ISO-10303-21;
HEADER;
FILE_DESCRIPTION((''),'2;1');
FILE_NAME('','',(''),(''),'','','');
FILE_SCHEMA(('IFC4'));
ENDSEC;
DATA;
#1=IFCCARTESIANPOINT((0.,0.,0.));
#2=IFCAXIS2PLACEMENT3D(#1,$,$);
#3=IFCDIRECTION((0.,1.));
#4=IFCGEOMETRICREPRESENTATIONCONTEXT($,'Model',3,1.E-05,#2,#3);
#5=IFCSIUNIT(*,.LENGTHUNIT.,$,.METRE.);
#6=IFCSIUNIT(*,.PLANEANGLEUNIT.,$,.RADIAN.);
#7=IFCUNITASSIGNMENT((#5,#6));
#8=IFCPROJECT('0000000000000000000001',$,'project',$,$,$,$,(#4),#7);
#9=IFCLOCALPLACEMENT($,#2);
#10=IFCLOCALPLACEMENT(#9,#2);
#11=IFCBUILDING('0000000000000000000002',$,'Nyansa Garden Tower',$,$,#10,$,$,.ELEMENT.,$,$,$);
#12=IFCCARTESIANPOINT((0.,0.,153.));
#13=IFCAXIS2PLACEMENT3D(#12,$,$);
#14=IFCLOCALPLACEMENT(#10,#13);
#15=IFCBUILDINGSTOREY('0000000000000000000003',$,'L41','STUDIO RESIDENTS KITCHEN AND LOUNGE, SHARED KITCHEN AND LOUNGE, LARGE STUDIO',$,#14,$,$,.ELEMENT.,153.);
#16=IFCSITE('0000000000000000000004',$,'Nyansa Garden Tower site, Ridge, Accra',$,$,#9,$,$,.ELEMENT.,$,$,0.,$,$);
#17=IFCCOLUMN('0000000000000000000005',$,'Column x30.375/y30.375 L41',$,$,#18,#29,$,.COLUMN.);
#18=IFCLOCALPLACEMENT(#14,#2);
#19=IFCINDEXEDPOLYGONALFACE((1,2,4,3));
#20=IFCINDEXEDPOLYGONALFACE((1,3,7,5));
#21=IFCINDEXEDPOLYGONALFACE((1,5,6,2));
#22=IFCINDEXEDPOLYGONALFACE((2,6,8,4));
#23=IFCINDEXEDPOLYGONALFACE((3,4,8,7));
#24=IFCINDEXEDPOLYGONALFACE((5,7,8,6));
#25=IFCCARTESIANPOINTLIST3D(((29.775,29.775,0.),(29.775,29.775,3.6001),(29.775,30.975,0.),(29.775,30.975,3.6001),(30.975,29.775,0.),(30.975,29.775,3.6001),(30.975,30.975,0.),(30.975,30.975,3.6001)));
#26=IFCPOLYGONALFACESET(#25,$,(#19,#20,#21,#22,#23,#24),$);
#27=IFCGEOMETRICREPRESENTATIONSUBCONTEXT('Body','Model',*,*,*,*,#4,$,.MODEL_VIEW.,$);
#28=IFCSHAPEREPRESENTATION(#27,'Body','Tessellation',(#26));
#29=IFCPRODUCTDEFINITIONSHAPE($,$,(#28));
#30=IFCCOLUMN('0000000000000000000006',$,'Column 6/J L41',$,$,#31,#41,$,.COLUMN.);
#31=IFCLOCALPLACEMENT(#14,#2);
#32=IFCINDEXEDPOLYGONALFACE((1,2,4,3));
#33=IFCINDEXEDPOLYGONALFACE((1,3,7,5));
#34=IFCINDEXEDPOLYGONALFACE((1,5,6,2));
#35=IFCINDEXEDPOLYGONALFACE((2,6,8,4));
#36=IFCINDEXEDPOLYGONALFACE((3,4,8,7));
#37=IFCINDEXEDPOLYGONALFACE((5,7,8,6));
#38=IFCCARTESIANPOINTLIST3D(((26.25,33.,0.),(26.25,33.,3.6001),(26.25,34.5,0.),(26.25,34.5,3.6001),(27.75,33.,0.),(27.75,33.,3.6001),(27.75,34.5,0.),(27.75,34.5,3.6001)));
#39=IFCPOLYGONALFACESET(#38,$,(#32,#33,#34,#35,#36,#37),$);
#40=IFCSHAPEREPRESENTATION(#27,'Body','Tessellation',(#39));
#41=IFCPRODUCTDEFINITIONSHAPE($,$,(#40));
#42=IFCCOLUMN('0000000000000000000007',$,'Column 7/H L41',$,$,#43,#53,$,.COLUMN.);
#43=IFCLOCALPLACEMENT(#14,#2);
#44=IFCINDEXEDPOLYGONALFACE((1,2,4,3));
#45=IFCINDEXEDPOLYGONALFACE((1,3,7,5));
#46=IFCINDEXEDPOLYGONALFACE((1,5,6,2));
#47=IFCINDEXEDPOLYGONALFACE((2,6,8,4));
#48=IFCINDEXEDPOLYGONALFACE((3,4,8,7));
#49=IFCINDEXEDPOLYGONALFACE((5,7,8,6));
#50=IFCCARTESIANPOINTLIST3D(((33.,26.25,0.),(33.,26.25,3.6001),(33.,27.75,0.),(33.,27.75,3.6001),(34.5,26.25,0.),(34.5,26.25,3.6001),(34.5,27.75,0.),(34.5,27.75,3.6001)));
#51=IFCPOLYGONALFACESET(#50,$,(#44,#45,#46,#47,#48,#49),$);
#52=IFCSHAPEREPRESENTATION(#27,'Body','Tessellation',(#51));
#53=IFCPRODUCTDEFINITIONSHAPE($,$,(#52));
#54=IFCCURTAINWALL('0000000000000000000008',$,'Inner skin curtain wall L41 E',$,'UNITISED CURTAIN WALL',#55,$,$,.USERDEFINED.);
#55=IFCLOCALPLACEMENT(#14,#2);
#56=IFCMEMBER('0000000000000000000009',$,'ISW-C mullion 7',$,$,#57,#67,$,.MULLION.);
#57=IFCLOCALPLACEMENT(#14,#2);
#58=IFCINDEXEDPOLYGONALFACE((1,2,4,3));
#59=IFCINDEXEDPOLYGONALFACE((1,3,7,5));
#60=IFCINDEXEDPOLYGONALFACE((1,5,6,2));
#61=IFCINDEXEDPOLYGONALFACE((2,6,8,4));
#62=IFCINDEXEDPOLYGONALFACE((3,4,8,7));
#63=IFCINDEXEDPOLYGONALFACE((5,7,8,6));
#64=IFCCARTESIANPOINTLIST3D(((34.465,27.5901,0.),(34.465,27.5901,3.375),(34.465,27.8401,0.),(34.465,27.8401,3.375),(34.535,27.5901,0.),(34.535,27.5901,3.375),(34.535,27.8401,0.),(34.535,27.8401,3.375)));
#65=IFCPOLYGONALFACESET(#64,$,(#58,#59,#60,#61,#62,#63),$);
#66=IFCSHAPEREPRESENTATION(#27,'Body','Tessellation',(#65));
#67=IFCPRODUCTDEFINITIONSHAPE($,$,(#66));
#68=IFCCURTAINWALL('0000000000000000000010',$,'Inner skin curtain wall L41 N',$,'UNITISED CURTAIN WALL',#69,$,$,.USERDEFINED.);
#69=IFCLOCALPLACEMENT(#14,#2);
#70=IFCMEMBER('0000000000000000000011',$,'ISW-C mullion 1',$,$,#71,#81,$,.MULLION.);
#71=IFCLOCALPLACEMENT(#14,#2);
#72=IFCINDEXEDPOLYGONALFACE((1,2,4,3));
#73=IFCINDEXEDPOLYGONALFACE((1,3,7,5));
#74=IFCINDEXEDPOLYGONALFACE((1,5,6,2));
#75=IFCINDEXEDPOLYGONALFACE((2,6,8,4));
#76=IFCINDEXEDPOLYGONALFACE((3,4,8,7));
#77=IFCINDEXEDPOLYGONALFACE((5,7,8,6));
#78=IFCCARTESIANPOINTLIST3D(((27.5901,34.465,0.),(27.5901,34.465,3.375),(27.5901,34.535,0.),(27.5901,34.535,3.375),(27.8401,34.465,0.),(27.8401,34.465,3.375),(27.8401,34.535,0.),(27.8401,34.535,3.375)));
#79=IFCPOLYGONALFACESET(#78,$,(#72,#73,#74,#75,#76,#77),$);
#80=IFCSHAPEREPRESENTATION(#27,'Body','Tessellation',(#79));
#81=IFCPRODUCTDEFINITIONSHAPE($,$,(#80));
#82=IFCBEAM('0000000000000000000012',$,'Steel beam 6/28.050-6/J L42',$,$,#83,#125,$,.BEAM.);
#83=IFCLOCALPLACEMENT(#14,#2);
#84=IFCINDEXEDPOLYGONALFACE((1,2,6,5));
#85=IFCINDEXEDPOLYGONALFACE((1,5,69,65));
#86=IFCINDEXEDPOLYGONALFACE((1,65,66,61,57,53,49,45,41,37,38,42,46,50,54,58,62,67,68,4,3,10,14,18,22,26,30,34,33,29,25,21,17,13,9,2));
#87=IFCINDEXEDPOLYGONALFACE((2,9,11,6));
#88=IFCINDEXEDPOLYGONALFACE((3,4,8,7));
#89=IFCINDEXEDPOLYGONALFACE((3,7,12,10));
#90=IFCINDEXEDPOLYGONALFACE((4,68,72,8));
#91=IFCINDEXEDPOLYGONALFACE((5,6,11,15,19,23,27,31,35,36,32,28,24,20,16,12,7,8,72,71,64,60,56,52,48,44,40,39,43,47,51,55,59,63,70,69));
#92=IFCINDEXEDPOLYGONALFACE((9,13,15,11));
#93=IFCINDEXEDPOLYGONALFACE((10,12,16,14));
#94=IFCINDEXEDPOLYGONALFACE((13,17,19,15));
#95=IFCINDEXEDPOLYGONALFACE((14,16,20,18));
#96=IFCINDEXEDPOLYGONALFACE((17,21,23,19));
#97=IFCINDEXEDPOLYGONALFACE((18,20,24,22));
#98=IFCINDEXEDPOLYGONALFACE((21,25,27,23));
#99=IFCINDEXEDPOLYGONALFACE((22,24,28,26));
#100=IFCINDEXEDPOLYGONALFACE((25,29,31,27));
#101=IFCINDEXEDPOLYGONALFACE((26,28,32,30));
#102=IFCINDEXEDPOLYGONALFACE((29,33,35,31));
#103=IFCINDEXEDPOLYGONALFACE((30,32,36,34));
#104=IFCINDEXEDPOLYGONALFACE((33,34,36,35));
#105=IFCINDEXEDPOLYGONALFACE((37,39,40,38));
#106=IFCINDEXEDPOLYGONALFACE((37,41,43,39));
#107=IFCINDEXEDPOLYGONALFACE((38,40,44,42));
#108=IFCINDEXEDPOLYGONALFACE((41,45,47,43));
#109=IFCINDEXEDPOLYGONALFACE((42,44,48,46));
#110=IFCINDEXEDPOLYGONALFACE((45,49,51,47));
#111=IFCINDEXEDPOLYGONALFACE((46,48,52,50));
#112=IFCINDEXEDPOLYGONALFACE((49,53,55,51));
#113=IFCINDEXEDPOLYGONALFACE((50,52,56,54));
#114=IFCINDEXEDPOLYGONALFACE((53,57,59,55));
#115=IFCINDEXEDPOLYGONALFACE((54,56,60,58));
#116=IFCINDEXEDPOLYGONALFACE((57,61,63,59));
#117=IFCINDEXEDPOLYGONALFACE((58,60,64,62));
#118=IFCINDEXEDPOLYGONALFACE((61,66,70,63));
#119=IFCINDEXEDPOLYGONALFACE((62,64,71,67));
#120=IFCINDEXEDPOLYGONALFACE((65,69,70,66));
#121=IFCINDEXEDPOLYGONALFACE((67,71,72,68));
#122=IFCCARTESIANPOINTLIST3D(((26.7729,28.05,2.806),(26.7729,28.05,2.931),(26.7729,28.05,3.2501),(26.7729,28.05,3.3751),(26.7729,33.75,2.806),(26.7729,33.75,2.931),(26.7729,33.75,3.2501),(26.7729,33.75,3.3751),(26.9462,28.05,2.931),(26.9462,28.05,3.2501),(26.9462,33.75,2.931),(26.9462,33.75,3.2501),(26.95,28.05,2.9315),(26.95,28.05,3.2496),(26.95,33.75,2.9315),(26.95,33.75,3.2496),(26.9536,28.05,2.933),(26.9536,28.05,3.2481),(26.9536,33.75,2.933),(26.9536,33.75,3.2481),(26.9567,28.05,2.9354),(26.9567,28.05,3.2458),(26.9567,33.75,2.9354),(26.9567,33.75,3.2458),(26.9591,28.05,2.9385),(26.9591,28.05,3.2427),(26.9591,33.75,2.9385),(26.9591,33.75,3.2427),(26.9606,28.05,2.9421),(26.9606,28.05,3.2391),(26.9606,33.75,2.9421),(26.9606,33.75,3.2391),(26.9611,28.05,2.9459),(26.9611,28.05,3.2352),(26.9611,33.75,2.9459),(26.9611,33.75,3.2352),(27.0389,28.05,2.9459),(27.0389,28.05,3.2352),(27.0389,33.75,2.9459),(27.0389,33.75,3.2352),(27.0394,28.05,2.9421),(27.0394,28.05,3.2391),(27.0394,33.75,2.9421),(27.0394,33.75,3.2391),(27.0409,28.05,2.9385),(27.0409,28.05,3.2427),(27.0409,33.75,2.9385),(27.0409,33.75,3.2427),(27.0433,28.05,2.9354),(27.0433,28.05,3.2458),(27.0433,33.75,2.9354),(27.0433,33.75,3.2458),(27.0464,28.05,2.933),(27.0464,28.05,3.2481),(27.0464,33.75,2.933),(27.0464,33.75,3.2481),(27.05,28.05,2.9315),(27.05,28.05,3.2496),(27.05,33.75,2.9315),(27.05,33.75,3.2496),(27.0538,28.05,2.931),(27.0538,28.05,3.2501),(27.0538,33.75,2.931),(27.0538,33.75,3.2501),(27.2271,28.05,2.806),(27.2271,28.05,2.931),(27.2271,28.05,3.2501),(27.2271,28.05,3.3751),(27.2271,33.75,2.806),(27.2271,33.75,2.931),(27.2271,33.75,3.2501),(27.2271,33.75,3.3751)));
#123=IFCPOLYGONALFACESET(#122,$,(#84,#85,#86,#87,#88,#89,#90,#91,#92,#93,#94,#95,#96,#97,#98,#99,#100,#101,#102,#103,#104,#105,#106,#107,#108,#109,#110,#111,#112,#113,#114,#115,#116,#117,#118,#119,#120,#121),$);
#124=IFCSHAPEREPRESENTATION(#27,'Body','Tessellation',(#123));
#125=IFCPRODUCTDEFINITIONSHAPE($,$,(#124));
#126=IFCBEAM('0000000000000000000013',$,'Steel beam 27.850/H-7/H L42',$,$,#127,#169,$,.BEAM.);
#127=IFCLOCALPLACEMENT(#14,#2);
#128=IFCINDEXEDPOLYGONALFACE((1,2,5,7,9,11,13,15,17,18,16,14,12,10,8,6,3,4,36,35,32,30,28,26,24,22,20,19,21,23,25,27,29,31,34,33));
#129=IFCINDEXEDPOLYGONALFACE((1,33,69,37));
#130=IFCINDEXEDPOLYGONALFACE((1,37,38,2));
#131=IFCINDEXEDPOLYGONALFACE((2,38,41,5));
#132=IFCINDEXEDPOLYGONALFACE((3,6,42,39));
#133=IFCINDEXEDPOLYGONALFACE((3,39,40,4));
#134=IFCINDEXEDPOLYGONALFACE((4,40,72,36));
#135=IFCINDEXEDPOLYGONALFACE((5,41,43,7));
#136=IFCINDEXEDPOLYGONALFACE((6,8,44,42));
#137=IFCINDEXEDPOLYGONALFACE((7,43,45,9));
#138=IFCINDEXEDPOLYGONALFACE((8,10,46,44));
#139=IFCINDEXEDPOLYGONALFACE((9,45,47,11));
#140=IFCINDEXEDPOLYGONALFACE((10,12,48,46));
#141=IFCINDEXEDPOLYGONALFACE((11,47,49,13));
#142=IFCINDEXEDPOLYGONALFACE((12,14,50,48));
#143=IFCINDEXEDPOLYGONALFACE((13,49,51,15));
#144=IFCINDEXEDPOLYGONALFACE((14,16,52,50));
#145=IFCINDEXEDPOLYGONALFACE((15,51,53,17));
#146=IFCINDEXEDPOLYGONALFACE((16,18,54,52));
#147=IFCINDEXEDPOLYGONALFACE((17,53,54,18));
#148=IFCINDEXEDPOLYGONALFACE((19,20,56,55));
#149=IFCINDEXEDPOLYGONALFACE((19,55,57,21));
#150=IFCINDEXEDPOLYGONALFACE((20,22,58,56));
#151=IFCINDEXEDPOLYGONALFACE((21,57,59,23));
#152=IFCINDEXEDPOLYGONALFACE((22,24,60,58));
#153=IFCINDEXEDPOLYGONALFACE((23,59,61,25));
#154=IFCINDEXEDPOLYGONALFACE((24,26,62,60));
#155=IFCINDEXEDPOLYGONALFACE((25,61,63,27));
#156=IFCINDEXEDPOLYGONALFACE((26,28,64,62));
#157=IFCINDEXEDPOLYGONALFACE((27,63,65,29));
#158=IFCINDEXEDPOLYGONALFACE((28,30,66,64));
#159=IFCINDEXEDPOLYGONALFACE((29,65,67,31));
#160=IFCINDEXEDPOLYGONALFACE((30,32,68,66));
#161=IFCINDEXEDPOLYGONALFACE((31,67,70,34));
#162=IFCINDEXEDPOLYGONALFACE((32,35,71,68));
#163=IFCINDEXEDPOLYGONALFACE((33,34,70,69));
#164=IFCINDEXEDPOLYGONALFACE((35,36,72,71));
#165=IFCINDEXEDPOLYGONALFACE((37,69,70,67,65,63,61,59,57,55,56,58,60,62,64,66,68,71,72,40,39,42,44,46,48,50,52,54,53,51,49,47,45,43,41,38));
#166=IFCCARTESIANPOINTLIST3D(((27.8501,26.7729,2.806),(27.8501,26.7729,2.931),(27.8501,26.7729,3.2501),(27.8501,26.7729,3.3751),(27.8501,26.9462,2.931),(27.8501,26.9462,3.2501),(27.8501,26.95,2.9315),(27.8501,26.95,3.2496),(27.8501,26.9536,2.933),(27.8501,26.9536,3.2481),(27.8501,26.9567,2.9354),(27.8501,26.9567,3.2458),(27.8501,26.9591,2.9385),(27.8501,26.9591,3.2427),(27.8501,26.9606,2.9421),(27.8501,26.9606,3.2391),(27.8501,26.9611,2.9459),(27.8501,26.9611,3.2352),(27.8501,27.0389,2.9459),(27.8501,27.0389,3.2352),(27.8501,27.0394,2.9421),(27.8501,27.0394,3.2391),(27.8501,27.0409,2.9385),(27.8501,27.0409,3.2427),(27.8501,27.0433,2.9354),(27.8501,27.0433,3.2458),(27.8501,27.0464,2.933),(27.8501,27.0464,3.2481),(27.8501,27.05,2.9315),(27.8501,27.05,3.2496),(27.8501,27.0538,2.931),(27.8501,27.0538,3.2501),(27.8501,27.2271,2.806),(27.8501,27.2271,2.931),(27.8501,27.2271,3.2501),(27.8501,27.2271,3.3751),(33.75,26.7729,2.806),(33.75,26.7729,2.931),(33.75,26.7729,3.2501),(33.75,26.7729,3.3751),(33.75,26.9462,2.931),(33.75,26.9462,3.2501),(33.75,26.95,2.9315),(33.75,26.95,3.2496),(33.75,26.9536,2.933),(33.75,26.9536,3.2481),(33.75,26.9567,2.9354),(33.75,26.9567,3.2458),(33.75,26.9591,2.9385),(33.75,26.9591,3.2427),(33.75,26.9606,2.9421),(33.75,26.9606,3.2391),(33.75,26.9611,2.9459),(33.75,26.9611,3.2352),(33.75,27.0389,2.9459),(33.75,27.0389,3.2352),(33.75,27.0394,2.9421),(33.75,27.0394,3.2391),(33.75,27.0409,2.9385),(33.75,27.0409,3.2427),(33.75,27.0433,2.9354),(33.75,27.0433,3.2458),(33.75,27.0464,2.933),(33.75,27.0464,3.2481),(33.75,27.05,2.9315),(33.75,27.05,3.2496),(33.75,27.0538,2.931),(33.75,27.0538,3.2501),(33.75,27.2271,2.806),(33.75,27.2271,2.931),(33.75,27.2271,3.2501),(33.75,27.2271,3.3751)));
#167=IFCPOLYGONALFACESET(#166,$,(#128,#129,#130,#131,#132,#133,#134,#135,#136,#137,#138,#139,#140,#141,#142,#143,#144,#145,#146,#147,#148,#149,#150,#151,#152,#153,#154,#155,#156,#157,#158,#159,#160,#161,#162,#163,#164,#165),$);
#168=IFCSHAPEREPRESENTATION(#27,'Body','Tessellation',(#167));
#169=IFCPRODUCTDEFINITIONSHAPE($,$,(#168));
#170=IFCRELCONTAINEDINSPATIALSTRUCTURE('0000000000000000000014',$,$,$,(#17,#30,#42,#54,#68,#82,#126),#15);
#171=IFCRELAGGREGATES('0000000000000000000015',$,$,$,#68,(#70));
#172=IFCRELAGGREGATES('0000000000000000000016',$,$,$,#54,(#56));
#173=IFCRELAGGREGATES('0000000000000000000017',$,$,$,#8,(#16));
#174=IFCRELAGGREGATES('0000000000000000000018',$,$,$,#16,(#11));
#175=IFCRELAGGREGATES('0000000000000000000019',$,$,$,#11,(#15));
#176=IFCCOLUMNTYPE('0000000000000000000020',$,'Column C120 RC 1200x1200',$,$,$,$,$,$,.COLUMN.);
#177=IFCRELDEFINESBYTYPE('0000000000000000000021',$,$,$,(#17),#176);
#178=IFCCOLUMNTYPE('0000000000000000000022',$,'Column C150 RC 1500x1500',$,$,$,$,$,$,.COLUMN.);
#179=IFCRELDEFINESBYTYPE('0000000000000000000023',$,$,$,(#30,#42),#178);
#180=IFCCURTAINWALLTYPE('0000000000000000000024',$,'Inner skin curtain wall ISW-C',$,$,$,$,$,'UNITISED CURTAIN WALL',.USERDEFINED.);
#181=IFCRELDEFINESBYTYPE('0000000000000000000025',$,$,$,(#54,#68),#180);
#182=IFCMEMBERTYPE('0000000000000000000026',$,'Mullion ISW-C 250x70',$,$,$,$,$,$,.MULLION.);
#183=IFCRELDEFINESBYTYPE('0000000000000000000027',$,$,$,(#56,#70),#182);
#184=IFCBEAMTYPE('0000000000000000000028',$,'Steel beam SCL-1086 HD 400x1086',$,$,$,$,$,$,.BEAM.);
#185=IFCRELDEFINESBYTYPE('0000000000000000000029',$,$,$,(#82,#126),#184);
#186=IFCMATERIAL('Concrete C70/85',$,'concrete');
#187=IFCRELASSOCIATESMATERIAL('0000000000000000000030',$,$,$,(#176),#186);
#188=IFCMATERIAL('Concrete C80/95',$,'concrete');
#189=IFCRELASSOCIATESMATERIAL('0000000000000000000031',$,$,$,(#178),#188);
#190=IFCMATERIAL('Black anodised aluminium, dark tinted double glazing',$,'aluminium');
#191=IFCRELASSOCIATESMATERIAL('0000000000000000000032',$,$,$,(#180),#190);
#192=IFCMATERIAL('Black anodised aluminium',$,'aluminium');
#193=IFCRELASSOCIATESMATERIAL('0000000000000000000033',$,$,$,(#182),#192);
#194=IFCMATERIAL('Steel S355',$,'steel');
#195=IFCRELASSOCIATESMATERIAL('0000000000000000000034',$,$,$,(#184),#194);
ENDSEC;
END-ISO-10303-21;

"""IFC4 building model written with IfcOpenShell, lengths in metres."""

from ifc_helpers import new_model, si_unit, direction, frame, origin, origin_2d, place, context, subcontext, project, spatial, rectangle, i_section, extrude, material, material_profile, profile_set, type_object, element, aggregate, save


model = new_model("IFC4")

# Units and contexts
model_context = context("Model", 3, precision=1e-05, world=origin(), true_north=direction((0.0, 1.0)))
body_context = subcontext(model_context, "Body", "Model", "MODEL_VIEW")
ifc_project = project(units=[si_unit("LENGTHUNIT", "METRE"), si_unit("PLANEANGLEUNIT", "RADIAN")], contexts=[model_context])

# Site, building, storey
site_placement = place(None, origin())
site = spatial("IfcSite", under=ifc_project, at=site_placement, Name="Nyansa Garden Tower site, Ridge, Accra", CompositionType="ELEMENT", RefElevation=0.0)
building_placement = place(site_placement, origin())
building = spatial("IfcBuilding", under=site, at=building_placement, Name="Nyansa Garden Tower", CompositionType="ELEMENT")
storey_placement = place(building_placement, frame((0.0, 0.0, 153.0)))
storey = spatial("IfcBuildingStorey", under=building, at=storey_placement, Name="L41", Description="STUDIO RESIDENTS KITCHEN AND LOUNGE, SHARED KITCHEN AND LOUNGE, LARGE STUDIO", CompositionType="ELEMENT", Elevation=153.0)

# Columns
ifc_material_1 = material(Name="Concrete C70/85", Category="concrete")
ifc_material_profile_1 = material_profile(ifc_material_1, rectangle(XDim=1.2, YDim=1.2, at=origin_2d()), Name="RC 1200x1200")
ifc_profile_set_1 = profile_set([ifc_material_profile_1], Name="Concrete C70/85")
column_type_1 = type_object("IfcColumnType", Name="Column C120 RC 1200x1200", PredefinedType="COLUMN", material=ifc_profile_set_1)
column_placement = place(storey_placement, frame((30.375, 30.375, 0.0), z_axis=(0.0, 0.0, 1.0), x_axis=(1.0, 0.0, 0.0)))
element("IfcColumn", 1, at=column_placement, inside=storey, type_object=column_type_1, Name="Column x30.375/y30.375 L41", PredefinedType="COLUMN", context=body_context, shape_type="SweptSolid", body=[
    extrude(rectangle(XDim=1.2, YDim=1.2, at=origin_2d()), origin(), (0.0, 0.0, 1.0), 3.6001),
])
ifc_material_2 = material(Name="Concrete C80/95", Category="concrete")
ifc_material_profile_2 = material_profile(ifc_material_2, rectangle(XDim=1.5, YDim=1.5, at=origin_2d()), Name="RC 1500x1500")
ifc_profile_set_2 = profile_set([ifc_material_profile_2], Name="Concrete C80/95")
column_type_2 = type_object("IfcColumnType", Name="Column C150 RC 1500x1500", PredefinedType="COLUMN", material=ifc_profile_set_2)
for number, where, z_axis, x_axis, name in (
    (2, (27.0, 33.75, 0.0), (0.0, 0.0, 1.0), (1.0, 0.0, 0.0), "Column 6/J L41"),
    (3, (33.75, 27.0, 0.0), (0.0, 0.0, 1.0), (1.0, 0.0, 0.0), "Column 7/H L41"),
):
    element("IfcColumn", number, at=place(storey_placement, frame(where, z_axis=z_axis, x_axis=x_axis)), inside=storey, type_object=column_type_2, Name=name, PredefinedType="COLUMN", context=body_context, shape_type="SweptSolid", body=[
        extrude(rectangle(XDim=1.5, YDim=1.5, at=origin_2d()), origin(), (0.0, 0.0, 1.0), 3.6001),
    ])

# Curtain walls, members
ifc_material_3 = material(Name="Black anodised aluminium, dark tinted double glazing", Category="aluminium")
curtain_wall_type = type_object("IfcCurtainWallType", Name="Inner skin curtain wall ISW-C", ElementType="UNITISED CURTAIN WALL", PredefinedType="USERDEFINED", material=ifc_material_3)
curtain_wall_1_placement = place(storey_placement, origin())
curtain_wall_1 = element("IfcCurtainWall", 4, at=curtain_wall_1_placement, inside=storey, type_object=curtain_wall_type, Name="Inner skin curtain wall L41 E", ObjectType="UNITISED CURTAIN WALL", PredefinedType="USERDEFINED")
ifc_material_4 = material(Name="Black anodised aluminium", Category="aluminium")
ifc_material_profile_3 = material_profile(ifc_material_4, rectangle(XDim=0.0701, YDim=0.25, at=origin_2d()), Name="Mullion 250x70")
ifc_profile_set_3 = profile_set([ifc_material_profile_3], Name="Black anodised aluminium")
member_type_1 = type_object("IfcMemberType", Name="Mullion ISW-C 250x70", PredefinedType="MULLION", material=ifc_profile_set_3)
member_1_placement = place(storey_placement, frame((34.5, 27.7151, 0.0), z_axis=(0.0, 0.0, 1.0), x_axis=(-1.0, 0.0, 0.0)))
member_1 = element("IfcMember", 5, at=member_1_placement, type_object=member_type_1, Name="ISW-C mullion 7", PredefinedType="MULLION", context=body_context, shape_type="SweptSolid", body=[
    extrude(rectangle(XDim=0.0701, YDim=0.25, at=origin_2d()), origin(), (0.0, 0.0, 1.0), 3.375),
])
curtain_wall_2_placement = place(storey_placement, origin())
curtain_wall_2 = element("IfcCurtainWall", 6, at=curtain_wall_2_placement, inside=storey, type_object=curtain_wall_type, Name="Inner skin curtain wall L41 N", ObjectType="UNITISED CURTAIN WALL", PredefinedType="USERDEFINED")
member_2_placement = place(storey_placement, frame((27.7151, 34.5, 0.0), z_axis=(0.0, 0.0, 1.0), x_axis=(0.0, -1.0, 0.0)))
member_2 = element("IfcMember", 7, at=member_2_placement, type_object=member_type_1, Name="ISW-C mullion 1", PredefinedType="MULLION", context=body_context, shape_type="SweptSolid", body=[
    extrude(rectangle(XDim=0.0701, YDim=0.25, at=origin_2d()), origin(), (0.0, 0.0, 1.0), 3.375),
])

# Beams
ifc_material_5 = material(Name="Steel S355", Category="steel")
ifc_material_profile_4 = material_profile(ifc_material_5, i_section(OverallWidth=0.4541, OverallDepth=0.5691, WebThickness=0.0779, FlangeThickness=0.125, FilletRadius=0.0149, at=origin_2d()), Name="HD 400x1086")
ifc_profile_set_4 = profile_set([ifc_material_profile_4], Name="Steel S355")
beam_type_1 = type_object("IfcBeamType", Name="Steel beam SCL-1086 HD 400x1086", PredefinedType="BEAM", material=ifc_profile_set_4)
beam_1_placement = place(storey_placement, frame((27.0, 28.05, 3.0906), z_axis=(0.0, 1.0, 0.0), x_axis=(-1.0, 0.0, 0.0)))
element("IfcBeam", 8, at=beam_1_placement, inside=storey, type_object=beam_type_1, Name="Steel beam 6/28.050-6/J L42", PredefinedType="BEAM", context=body_context, shape_type="SweptSolid", body=[
    extrude(i_section(OverallWidth=0.4541, OverallDepth=0.5691, WebThickness=0.0779, FlangeThickness=0.125, FilletRadius=0.0149, at=origin_2d()), origin(), (0.0, 0.0, 1.0), 5.7),
])
beam_2_placement = place(storey_placement, frame((27.8501, 27.0, 3.0906), z_axis=(1.0, 0.0, 0.0), x_axis=(0.0, 1.0, 0.0)))
element("IfcBeam", 9, at=beam_2_placement, inside=storey, type_object=beam_type_1, Name="Steel beam 27.850/H-7/H L42", PredefinedType="BEAM", context=body_context, shape_type="SweptSolid", body=[
    extrude(i_section(OverallWidth=0.4541, OverallDepth=0.5691, WebThickness=0.0779, FlangeThickness=0.125, FilletRadius=0.0149, at=origin_2d()), origin(), (0.0, 0.0, 1.0), 5.8999),
])

aggregate(curtain_wall_2, [member_2])

aggregate(curtain_wall_1, [member_1])

save(model, "model.ifc")
